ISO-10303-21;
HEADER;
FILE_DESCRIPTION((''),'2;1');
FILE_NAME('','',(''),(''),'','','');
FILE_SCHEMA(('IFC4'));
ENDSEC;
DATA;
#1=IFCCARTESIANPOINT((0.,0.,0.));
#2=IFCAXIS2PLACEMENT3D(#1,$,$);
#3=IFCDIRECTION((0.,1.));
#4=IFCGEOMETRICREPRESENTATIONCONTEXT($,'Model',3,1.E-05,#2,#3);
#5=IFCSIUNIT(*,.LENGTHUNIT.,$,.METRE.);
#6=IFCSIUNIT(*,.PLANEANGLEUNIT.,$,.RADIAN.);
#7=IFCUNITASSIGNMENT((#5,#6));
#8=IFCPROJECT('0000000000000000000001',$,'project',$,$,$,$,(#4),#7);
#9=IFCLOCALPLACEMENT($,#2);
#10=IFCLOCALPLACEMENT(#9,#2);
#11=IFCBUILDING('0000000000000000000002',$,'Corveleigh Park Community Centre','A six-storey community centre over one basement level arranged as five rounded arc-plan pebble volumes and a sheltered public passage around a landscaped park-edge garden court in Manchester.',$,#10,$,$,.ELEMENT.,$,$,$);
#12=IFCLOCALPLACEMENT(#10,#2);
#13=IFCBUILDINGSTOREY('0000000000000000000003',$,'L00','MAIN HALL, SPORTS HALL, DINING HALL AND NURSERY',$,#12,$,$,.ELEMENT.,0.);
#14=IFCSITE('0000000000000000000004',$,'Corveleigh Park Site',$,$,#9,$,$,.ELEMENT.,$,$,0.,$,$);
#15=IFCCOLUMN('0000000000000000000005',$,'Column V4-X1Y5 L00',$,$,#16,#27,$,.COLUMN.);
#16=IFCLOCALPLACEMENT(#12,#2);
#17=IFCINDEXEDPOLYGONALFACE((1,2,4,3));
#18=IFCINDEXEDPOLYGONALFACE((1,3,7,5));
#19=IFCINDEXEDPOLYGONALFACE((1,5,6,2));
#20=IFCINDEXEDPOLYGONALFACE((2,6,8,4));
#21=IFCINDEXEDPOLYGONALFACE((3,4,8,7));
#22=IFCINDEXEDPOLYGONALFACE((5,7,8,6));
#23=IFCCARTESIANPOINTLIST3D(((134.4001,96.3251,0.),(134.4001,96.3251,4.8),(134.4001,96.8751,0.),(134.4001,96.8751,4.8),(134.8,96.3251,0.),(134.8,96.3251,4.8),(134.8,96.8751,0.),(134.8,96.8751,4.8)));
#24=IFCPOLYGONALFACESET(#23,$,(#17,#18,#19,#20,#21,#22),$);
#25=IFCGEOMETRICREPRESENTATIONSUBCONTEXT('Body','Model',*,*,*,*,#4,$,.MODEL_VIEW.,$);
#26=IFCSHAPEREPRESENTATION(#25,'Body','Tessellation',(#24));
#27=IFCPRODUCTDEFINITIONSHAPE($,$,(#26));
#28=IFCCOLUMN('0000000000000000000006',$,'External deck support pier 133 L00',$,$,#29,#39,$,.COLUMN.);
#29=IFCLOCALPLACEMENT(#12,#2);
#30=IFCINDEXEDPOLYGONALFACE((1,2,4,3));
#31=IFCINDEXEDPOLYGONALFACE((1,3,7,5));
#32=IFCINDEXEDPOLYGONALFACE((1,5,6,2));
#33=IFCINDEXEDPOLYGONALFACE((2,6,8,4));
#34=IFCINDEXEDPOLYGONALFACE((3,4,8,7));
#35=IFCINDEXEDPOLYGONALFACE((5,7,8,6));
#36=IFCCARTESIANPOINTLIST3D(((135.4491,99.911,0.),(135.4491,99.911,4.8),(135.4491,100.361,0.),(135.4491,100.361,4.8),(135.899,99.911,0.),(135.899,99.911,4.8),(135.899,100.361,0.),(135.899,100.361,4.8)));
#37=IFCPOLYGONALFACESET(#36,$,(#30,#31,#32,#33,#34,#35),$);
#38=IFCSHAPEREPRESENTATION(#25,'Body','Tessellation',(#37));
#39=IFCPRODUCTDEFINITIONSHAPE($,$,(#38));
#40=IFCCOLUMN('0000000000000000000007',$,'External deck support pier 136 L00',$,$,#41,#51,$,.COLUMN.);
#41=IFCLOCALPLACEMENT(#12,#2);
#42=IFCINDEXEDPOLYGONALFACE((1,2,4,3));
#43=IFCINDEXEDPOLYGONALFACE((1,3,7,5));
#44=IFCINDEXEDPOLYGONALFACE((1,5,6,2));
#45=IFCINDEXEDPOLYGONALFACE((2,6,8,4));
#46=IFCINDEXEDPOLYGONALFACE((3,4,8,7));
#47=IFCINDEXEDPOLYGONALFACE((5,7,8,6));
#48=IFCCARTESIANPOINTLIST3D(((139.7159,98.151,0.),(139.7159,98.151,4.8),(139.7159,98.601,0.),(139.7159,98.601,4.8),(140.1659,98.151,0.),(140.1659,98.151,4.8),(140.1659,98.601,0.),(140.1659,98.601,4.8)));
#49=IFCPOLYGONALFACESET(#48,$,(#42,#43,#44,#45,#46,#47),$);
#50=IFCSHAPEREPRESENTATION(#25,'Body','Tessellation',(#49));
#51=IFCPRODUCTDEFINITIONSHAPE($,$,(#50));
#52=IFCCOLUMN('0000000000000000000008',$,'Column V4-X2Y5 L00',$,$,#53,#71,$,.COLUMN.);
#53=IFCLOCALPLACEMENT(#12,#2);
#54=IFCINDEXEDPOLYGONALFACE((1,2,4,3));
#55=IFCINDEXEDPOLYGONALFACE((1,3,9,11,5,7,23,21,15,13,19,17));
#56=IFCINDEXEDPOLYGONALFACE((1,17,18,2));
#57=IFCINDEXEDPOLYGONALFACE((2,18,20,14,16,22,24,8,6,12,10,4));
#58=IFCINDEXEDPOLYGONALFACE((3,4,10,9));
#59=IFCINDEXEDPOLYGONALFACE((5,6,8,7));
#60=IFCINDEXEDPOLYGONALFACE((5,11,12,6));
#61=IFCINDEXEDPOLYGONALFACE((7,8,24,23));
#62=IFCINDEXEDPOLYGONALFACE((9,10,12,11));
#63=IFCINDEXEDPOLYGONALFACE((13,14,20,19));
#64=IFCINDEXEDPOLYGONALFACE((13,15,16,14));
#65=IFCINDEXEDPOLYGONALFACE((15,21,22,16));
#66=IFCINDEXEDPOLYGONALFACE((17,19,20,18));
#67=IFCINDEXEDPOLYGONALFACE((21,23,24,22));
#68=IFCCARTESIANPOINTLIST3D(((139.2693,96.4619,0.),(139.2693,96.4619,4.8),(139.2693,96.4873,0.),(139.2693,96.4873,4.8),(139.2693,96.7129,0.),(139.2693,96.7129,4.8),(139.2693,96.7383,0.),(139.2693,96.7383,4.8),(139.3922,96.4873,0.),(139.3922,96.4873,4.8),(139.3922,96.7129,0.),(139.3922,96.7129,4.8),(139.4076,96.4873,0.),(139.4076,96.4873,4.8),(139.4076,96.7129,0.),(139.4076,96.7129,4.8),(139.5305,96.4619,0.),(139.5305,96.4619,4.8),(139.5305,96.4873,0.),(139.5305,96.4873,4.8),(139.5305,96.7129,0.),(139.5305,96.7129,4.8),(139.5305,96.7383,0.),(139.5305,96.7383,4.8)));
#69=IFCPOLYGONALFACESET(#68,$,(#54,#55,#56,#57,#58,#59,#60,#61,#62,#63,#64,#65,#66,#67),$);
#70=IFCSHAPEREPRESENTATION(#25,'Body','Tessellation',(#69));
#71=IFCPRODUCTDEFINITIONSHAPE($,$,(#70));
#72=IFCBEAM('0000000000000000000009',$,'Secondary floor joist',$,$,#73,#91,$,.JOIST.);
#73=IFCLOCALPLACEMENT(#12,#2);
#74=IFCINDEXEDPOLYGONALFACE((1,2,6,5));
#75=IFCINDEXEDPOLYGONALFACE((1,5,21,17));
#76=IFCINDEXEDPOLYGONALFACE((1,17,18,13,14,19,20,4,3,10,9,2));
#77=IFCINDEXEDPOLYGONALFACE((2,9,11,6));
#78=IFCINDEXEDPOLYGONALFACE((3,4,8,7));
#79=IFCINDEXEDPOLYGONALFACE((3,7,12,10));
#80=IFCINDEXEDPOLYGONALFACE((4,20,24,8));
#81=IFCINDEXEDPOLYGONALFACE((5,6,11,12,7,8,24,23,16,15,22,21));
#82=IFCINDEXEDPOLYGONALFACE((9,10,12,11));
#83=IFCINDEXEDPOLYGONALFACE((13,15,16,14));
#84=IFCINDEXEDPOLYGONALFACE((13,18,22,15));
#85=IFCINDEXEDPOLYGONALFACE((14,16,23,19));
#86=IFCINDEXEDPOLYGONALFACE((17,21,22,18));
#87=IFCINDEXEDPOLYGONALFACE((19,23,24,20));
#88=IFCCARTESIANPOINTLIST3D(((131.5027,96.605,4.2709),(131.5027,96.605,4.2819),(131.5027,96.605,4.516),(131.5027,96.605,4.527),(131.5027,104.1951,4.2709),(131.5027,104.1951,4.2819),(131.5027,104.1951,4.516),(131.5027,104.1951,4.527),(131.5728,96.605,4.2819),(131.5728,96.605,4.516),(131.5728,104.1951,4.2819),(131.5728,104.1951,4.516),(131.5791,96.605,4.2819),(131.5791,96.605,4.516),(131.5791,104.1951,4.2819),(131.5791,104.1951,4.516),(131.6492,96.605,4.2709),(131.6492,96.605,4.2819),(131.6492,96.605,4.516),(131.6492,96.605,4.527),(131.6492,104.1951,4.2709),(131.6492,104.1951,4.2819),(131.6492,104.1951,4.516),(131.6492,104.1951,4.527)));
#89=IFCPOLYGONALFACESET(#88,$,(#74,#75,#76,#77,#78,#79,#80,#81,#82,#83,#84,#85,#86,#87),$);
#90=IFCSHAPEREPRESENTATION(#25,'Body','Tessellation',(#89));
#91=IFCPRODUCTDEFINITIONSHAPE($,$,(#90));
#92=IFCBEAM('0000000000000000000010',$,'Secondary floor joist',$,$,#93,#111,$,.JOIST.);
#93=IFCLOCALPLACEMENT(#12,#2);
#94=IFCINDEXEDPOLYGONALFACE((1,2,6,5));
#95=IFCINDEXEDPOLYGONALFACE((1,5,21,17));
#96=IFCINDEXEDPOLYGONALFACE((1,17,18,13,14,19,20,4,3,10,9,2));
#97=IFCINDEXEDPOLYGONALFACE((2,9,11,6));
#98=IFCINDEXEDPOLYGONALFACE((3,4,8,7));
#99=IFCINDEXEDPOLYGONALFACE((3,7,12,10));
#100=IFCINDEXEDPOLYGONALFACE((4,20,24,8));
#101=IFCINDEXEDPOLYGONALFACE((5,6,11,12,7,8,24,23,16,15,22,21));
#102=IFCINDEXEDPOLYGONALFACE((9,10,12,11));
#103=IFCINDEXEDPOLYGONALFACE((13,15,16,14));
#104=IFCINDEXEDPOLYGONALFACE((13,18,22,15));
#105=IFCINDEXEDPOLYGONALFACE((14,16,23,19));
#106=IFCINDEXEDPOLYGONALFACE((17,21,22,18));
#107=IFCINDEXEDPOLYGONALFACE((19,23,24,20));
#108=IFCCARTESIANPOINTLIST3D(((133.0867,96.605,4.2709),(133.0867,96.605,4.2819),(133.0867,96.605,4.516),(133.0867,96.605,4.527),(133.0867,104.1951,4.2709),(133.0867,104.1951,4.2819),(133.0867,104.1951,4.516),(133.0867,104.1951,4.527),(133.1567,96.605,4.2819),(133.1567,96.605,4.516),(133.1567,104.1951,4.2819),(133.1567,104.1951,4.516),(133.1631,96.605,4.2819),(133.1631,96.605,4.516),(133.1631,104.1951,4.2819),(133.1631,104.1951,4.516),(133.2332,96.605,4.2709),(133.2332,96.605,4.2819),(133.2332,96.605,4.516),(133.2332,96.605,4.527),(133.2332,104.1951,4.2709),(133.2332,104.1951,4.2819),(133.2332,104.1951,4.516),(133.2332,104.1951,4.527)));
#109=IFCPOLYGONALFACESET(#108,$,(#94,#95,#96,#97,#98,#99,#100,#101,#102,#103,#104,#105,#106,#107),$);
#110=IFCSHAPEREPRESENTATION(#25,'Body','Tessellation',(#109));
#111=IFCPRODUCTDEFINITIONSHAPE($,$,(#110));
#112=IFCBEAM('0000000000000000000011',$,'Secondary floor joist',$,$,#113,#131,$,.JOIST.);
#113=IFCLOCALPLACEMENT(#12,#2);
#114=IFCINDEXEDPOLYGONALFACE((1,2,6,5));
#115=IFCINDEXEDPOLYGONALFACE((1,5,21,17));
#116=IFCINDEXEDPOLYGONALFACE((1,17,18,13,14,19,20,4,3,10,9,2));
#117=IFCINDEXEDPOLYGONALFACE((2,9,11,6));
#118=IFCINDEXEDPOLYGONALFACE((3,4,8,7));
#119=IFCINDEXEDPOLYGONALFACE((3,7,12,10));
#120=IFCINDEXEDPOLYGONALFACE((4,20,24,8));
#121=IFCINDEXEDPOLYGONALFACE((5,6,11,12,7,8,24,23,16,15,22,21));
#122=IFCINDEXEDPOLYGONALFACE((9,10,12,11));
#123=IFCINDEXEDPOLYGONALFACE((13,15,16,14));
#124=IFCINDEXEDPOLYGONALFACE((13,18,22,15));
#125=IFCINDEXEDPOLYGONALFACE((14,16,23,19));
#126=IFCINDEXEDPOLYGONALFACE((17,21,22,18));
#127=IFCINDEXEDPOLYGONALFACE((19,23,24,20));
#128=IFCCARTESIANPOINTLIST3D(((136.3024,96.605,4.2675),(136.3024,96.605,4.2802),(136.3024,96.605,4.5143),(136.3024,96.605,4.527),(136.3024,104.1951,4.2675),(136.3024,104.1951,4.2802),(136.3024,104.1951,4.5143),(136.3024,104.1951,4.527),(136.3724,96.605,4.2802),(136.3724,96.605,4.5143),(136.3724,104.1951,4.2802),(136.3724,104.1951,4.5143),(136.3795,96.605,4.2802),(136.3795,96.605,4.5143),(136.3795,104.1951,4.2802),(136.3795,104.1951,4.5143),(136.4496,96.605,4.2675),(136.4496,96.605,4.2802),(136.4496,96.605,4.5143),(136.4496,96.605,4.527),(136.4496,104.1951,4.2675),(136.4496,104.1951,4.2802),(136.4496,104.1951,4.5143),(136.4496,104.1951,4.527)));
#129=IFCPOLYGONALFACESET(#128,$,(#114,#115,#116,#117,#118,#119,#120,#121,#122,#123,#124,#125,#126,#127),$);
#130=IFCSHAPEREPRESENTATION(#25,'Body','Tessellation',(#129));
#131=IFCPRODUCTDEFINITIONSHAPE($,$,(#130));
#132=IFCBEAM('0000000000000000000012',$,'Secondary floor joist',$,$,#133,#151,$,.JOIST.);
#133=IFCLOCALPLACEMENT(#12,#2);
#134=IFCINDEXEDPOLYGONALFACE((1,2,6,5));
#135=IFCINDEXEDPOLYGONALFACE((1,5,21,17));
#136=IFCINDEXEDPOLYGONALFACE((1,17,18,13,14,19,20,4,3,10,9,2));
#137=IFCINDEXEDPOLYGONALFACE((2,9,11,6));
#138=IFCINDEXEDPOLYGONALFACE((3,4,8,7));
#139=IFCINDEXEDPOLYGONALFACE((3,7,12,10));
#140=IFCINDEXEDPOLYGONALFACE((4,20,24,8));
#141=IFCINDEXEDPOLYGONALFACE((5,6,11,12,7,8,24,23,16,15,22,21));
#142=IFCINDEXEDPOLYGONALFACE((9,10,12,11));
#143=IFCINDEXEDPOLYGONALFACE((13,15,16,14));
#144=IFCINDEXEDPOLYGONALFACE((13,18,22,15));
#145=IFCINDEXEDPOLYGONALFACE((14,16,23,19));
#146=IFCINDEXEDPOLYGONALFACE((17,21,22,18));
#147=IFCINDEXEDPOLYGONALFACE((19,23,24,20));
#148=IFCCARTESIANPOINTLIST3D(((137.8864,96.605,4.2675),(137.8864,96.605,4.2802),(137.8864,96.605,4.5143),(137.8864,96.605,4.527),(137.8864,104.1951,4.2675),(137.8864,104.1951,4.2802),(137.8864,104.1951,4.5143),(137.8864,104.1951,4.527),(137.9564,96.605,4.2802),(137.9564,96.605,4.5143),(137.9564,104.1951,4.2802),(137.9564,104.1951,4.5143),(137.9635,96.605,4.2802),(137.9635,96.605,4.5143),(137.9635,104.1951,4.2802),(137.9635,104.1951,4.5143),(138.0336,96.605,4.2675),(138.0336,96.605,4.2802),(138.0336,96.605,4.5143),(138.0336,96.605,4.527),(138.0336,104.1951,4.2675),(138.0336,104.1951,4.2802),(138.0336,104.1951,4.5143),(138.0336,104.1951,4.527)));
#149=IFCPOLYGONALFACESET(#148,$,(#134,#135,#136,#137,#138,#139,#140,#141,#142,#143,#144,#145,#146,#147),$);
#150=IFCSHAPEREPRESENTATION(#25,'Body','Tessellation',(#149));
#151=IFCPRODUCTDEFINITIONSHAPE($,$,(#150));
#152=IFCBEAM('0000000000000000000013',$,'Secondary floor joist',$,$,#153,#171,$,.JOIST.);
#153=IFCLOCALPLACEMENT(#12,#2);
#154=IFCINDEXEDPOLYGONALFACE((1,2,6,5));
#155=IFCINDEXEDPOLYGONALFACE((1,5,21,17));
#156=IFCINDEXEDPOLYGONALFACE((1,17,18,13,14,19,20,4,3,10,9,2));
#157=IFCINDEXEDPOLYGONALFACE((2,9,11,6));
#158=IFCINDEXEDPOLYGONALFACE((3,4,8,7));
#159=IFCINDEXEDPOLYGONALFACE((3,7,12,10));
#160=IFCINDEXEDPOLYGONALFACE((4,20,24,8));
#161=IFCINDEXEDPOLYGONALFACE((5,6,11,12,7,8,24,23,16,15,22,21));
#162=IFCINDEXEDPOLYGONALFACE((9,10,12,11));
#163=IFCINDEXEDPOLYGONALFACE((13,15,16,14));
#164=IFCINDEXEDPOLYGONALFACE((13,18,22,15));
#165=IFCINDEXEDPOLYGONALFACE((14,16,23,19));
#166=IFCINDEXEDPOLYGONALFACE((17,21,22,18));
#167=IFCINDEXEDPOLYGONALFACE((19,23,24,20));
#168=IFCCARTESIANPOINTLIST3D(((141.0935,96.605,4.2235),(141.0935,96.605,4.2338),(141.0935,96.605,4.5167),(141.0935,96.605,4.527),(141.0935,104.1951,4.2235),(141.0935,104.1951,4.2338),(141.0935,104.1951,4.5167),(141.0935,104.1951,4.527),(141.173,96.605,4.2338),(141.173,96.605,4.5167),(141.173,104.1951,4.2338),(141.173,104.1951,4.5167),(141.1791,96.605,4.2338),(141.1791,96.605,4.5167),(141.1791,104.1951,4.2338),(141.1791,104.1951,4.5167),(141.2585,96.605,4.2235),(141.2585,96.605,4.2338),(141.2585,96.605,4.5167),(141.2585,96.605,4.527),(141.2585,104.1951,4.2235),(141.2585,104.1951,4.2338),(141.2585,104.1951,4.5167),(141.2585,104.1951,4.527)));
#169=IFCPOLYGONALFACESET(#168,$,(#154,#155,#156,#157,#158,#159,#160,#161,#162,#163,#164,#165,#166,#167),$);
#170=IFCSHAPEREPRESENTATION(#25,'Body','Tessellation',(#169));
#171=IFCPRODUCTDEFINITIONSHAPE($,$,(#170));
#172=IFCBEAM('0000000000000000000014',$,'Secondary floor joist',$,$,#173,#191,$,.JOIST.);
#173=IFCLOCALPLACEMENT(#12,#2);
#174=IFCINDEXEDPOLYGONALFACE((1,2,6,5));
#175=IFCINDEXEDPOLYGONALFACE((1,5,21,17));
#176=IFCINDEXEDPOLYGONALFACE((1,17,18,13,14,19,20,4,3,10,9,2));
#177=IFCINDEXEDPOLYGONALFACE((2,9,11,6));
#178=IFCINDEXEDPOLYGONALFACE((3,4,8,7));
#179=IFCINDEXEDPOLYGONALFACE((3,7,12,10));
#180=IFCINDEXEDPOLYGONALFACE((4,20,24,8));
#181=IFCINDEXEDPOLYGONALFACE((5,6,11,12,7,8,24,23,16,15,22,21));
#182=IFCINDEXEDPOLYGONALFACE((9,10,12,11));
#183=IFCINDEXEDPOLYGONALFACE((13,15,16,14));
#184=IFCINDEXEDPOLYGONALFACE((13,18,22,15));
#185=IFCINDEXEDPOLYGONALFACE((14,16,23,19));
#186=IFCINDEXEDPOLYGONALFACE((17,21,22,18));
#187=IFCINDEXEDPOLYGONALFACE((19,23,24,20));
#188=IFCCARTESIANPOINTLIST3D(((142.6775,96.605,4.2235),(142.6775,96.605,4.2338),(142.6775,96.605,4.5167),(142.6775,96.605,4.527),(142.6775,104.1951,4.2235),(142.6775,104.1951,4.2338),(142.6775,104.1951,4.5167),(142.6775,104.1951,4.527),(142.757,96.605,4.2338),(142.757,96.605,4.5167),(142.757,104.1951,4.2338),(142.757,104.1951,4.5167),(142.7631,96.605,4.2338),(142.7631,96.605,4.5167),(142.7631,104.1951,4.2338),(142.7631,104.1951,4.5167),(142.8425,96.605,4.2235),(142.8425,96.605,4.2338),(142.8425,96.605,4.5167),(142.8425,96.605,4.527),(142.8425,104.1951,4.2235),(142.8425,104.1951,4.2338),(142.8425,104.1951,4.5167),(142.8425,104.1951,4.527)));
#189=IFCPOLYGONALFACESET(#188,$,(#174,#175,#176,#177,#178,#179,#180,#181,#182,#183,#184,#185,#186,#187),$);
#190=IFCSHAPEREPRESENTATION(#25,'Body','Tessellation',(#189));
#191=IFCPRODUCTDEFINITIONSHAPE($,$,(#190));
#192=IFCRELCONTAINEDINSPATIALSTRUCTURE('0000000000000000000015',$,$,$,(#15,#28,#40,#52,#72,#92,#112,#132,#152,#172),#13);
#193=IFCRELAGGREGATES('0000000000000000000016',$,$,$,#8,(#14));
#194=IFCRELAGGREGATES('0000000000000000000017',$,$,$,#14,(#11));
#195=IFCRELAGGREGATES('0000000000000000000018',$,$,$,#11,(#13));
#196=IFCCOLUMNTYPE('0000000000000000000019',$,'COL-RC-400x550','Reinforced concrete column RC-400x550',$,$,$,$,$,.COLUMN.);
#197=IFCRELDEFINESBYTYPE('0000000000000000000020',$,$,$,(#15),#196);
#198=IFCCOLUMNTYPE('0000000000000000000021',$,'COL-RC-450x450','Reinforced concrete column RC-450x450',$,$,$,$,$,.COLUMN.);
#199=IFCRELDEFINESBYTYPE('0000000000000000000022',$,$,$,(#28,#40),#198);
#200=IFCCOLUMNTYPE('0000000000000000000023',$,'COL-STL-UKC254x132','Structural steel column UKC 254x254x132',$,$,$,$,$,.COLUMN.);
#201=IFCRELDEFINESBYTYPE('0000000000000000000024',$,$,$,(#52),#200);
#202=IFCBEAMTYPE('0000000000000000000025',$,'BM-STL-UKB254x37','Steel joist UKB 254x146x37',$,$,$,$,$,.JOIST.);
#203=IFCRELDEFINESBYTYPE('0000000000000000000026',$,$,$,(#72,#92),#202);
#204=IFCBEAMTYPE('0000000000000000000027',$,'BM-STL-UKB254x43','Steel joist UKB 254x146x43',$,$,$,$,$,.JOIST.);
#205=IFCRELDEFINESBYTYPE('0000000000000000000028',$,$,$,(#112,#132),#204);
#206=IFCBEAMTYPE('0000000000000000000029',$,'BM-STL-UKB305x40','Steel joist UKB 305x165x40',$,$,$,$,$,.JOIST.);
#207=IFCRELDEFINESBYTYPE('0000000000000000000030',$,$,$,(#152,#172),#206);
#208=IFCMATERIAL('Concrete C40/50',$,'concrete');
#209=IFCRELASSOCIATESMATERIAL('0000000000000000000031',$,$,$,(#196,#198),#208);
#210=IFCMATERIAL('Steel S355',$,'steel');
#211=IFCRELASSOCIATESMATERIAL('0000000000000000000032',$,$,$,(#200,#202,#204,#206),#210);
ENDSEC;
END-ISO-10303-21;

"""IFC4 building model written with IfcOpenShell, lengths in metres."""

from ifc_helpers import new_model, si_unit, direction, frame, origin, origin_2d, place, context, subcontext, project, spatial, rectangle, i_section, extrude, material, material_profile, profile_set, type_object, element, save


model = new_model("IFC4")

# Units and contexts
model_context = context("Model", 3, precision=1e-05, world=origin(), true_north=direction((0.0, 1.0)))
body_context = subcontext(model_context, "Body", "Model", "MODEL_VIEW")
ifc_project = project(units=[si_unit("LENGTHUNIT", "METRE"), si_unit("PLANEANGLEUNIT", "RADIAN")], contexts=[model_context])

# Site, building, storey
site_placement = place(None, origin())
site = spatial("IfcSite", under=ifc_project, at=site_placement, Name="Corveleigh Park Site", CompositionType="ELEMENT", RefElevation=0.0)
building_placement = place(site_placement, origin())
building = spatial("IfcBuilding", under=site, at=building_placement, Name="Corveleigh Park Community Centre", Description="A six-storey community centre over one basement level arranged as five rounded arc-plan pebble volumes and a sheltered public passage around a landscaped park-edge garden court in Manchester.", CompositionType="ELEMENT")
storey_placement = place(building_placement, origin())
storey = spatial("IfcBuildingStorey", under=building, at=storey_placement, Name="L00", Description="MAIN HALL, SPORTS HALL, DINING HALL AND NURSERY", CompositionType="ELEMENT", Elevation=0.0)

# Columns
ifc_material_1 = material(Name="Concrete C40/50", Category="concrete")
ifc_material_profile_1 = material_profile(ifc_material_1, rectangle(XDim=0.3999, YDim=0.55, at=origin_2d()), Name="RC-400x550", Category="concrete")
ifc_profile_set_1 = profile_set([ifc_material_profile_1], Name="Concrete C40/50")
column_type_1 = type_object("IfcColumnType", Name="COL-RC-400x550", Description="Reinforced concrete column RC-400x550", PredefinedType="COLUMN", material=ifc_profile_set_1)
column_1_placement = place(storey_placement, frame((134.6001, 96.6001, 0.0), z_axis=(0.0, 0.0, 1.0), x_axis=(1.0, 0.0, 0.0)))
element("IfcColumn", 1, at=column_1_placement, inside=storey, type_object=column_type_1, Name="Column V4-X1Y5 L00", PredefinedType="COLUMN", context=body_context, shape_type="SweptSolid", body=[
    extrude(rectangle(XDim=0.3999, YDim=0.55, at=origin_2d()), origin(), (0.0, 0.0, 1.0), 4.8),
])
ifc_material_profile_2 = material_profile(ifc_material_1, rectangle(XDim=0.45, YDim=0.45, at=origin_2d()), Name="RC-450x450", Category="concrete")
ifc_profile_set_2 = profile_set([ifc_material_profile_2], Name="Concrete C40/50")
column_type_2 = type_object("IfcColumnType", Name="COL-RC-450x450", Description="Reinforced concrete column RC-450x450", PredefinedType="COLUMN", material=ifc_profile_set_2)
for number, where, z_axis, x_axis, name in (
    (2, (135.6741, 100.136, 0.0), (0.0, 0.0, 1.0), (1.0, 0.0, 0.0), "External deck support pier 133 L00"),
    (3, (139.9409, 98.376, 0.0), (0.0, 0.0, 1.0), (1.0, 0.0, 0.0), "External deck support pier 136 L00"),
):
    element("IfcColumn", number, at=place(storey_placement, frame(where, z_axis=z_axis, x_axis=x_axis)), inside=storey, type_object=column_type_2, Name=name, PredefinedType="COLUMN", context=body_context, shape_type="SweptSolid", body=[
        extrude(rectangle(XDim=0.45, YDim=0.45, at=origin_2d()), origin(), (0.0, 0.0, 1.0), 4.8),
    ])
ifc_material_2 = material(Name="Steel S355", Category="steel")
ifc_material_profile_3 = material_profile(ifc_material_2, i_section(OverallWidth=0.2612, OverallDepth=0.2764, WebThickness=0.0154, FlangeThickness=0.0254, at=origin_2d()), Name="UKC 254x254x132", Category="steel")
ifc_profile_set_3 = profile_set([ifc_material_profile_3], Name="Steel S355")
column_type_3 = type_object("IfcColumnType", Name="COL-STL-UKC254x132", Description="Structural steel column UKC 254x254x132", PredefinedType="COLUMN", material=ifc_profile_set_3)
column_2_placement = place(storey_placement, frame((139.3999, 96.6001, 0.0), z_axis=(0.0, 0.0, 1.0), x_axis=(1.0, 0.0, 0.0)))
element("IfcColumn", 4, at=column_2_placement, inside=storey, type_object=column_type_3, Name="Column V4-X2Y5 L00", PredefinedType="COLUMN", context=body_context, shape_type="SweptSolid", body=[
    extrude(i_section(OverallWidth=0.2612, OverallDepth=0.2764, WebThickness=0.0154, FlangeThickness=0.0254, at=origin_2d()), origin(), (0.0, 0.0, 1.0), 4.8),
])

# Beams
ifc_material_profile_4 = material_profile(ifc_material_2, i_section(OverallWidth=0.1465, OverallDepth=0.2561, WebThickness=0.0063, FlangeThickness=0.011, at=origin_2d()), Name="UKB 254x146x37", Category="steel")
ifc_profile_set_4 = profile_set([ifc_material_profile_4], Name="Steel S355")
beam_type_1 = type_object("IfcBeamType", Name="BM-STL-UKB254x37", Description="Steel joist UKB 254x146x37", PredefinedType="JOIST", material=ifc_profile_set_4)
for number, where, z_axis, x_axis, name in (
    (5, (131.5759, 96.605, 4.3989), (0.0, 1.0, 0.0), (-1.0, 0.0, 0.0), "Secondary floor joist"),
    (6, (133.1599, 96.605, 4.3989), (0.0, 1.0, 0.0), (-1.0, 0.0, 0.0), "Secondary floor joist"),
):
    element("IfcBeam", number, at=place(storey_placement, frame(where, z_axis=z_axis, x_axis=x_axis)), inside=storey, type_object=beam_type_1, Name=name, PredefinedType="JOIST", context=body_context, shape_type="SweptSolid", body=[
        extrude(i_section(OverallWidth=0.1465, OverallDepth=0.2561, WebThickness=0.0063, FlangeThickness=0.011, at=origin_2d()), origin(), (0.0, 0.0, 1.0), 7.5901),
    ])
ifc_material_profile_5 = material_profile(ifc_material_2, i_section(OverallWidth=0.1472, OverallDepth=0.2595, WebThickness=0.0071, FlangeThickness=0.0127, at=origin_2d()), Name="UKB 254x146x43", Category="steel")
ifc_profile_set_5 = profile_set([ifc_material_profile_5], Name="Steel S355")
beam_type_2 = type_object("IfcBeamType", Name="BM-STL-UKB254x43", Description="Steel joist UKB 254x146x43", PredefinedType="JOIST", material=ifc_profile_set_5)
for number, where, z_axis, x_axis, name in (
    (7, (136.376, 96.605, 4.3972), (0.0, 1.0, 0.0), (-1.0, 0.0, 0.0), "Secondary floor joist"),
    (8, (137.96, 96.605, 4.3972), (0.0, 1.0, 0.0), (-1.0, 0.0, 0.0), "Secondary floor joist"),
):
    element("IfcBeam", number, at=place(storey_placement, frame(where, z_axis=z_axis, x_axis=x_axis)), inside=storey, type_object=beam_type_2, Name=name, PredefinedType="JOIST", context=body_context, shape_type="SweptSolid", body=[
        extrude(i_section(OverallWidth=0.1472, OverallDepth=0.2595, WebThickness=0.0071, FlangeThickness=0.0127, at=origin_2d()), origin(), (0.0, 0.0, 1.0), 7.5901),
    ])
ifc_material_profile_6 = material_profile(ifc_material_2, i_section(OverallWidth=0.165, OverallDepth=0.3035, WebThickness=0.0061, FlangeThickness=0.0103, at=origin_2d()), Name="UKB 305x165x40", Category="steel")
ifc_profile_set_6 = profile_set([ifc_material_profile_6], Name="Steel S355")
beam_type_3 = type_object("IfcBeamType", Name="BM-STL-UKB305x40", Description="Steel joist UKB 305x165x40", PredefinedType="JOIST", material=ifc_profile_set_6)
for number, where, z_axis, x_axis, name in (
    (9, (141.176, 96.605, 4.3752), (0.0, 1.0, 0.0), (-1.0, 0.0, 0.0), "Secondary floor joist"),
    (10, (142.76, 96.605, 4.3752), (0.0, 1.0, 0.0), (-1.0, 0.0, 0.0), "Secondary floor joist"),
):
    element("IfcBeam", number, at=place(storey_placement, frame(where, z_axis=z_axis, x_axis=x_axis)), inside=storey, type_object=beam_type_3, Name=name, PredefinedType="JOIST", context=body_context, shape_type="SweptSolid", body=[
        extrude(i_section(OverallWidth=0.165, OverallDepth=0.3035, WebThickness=0.0061, FlangeThickness=0.0103, at=origin_2d()), origin(), (0.0, 0.0, 1.0), 7.5901),
    ])

save(model, "model.ifc")
